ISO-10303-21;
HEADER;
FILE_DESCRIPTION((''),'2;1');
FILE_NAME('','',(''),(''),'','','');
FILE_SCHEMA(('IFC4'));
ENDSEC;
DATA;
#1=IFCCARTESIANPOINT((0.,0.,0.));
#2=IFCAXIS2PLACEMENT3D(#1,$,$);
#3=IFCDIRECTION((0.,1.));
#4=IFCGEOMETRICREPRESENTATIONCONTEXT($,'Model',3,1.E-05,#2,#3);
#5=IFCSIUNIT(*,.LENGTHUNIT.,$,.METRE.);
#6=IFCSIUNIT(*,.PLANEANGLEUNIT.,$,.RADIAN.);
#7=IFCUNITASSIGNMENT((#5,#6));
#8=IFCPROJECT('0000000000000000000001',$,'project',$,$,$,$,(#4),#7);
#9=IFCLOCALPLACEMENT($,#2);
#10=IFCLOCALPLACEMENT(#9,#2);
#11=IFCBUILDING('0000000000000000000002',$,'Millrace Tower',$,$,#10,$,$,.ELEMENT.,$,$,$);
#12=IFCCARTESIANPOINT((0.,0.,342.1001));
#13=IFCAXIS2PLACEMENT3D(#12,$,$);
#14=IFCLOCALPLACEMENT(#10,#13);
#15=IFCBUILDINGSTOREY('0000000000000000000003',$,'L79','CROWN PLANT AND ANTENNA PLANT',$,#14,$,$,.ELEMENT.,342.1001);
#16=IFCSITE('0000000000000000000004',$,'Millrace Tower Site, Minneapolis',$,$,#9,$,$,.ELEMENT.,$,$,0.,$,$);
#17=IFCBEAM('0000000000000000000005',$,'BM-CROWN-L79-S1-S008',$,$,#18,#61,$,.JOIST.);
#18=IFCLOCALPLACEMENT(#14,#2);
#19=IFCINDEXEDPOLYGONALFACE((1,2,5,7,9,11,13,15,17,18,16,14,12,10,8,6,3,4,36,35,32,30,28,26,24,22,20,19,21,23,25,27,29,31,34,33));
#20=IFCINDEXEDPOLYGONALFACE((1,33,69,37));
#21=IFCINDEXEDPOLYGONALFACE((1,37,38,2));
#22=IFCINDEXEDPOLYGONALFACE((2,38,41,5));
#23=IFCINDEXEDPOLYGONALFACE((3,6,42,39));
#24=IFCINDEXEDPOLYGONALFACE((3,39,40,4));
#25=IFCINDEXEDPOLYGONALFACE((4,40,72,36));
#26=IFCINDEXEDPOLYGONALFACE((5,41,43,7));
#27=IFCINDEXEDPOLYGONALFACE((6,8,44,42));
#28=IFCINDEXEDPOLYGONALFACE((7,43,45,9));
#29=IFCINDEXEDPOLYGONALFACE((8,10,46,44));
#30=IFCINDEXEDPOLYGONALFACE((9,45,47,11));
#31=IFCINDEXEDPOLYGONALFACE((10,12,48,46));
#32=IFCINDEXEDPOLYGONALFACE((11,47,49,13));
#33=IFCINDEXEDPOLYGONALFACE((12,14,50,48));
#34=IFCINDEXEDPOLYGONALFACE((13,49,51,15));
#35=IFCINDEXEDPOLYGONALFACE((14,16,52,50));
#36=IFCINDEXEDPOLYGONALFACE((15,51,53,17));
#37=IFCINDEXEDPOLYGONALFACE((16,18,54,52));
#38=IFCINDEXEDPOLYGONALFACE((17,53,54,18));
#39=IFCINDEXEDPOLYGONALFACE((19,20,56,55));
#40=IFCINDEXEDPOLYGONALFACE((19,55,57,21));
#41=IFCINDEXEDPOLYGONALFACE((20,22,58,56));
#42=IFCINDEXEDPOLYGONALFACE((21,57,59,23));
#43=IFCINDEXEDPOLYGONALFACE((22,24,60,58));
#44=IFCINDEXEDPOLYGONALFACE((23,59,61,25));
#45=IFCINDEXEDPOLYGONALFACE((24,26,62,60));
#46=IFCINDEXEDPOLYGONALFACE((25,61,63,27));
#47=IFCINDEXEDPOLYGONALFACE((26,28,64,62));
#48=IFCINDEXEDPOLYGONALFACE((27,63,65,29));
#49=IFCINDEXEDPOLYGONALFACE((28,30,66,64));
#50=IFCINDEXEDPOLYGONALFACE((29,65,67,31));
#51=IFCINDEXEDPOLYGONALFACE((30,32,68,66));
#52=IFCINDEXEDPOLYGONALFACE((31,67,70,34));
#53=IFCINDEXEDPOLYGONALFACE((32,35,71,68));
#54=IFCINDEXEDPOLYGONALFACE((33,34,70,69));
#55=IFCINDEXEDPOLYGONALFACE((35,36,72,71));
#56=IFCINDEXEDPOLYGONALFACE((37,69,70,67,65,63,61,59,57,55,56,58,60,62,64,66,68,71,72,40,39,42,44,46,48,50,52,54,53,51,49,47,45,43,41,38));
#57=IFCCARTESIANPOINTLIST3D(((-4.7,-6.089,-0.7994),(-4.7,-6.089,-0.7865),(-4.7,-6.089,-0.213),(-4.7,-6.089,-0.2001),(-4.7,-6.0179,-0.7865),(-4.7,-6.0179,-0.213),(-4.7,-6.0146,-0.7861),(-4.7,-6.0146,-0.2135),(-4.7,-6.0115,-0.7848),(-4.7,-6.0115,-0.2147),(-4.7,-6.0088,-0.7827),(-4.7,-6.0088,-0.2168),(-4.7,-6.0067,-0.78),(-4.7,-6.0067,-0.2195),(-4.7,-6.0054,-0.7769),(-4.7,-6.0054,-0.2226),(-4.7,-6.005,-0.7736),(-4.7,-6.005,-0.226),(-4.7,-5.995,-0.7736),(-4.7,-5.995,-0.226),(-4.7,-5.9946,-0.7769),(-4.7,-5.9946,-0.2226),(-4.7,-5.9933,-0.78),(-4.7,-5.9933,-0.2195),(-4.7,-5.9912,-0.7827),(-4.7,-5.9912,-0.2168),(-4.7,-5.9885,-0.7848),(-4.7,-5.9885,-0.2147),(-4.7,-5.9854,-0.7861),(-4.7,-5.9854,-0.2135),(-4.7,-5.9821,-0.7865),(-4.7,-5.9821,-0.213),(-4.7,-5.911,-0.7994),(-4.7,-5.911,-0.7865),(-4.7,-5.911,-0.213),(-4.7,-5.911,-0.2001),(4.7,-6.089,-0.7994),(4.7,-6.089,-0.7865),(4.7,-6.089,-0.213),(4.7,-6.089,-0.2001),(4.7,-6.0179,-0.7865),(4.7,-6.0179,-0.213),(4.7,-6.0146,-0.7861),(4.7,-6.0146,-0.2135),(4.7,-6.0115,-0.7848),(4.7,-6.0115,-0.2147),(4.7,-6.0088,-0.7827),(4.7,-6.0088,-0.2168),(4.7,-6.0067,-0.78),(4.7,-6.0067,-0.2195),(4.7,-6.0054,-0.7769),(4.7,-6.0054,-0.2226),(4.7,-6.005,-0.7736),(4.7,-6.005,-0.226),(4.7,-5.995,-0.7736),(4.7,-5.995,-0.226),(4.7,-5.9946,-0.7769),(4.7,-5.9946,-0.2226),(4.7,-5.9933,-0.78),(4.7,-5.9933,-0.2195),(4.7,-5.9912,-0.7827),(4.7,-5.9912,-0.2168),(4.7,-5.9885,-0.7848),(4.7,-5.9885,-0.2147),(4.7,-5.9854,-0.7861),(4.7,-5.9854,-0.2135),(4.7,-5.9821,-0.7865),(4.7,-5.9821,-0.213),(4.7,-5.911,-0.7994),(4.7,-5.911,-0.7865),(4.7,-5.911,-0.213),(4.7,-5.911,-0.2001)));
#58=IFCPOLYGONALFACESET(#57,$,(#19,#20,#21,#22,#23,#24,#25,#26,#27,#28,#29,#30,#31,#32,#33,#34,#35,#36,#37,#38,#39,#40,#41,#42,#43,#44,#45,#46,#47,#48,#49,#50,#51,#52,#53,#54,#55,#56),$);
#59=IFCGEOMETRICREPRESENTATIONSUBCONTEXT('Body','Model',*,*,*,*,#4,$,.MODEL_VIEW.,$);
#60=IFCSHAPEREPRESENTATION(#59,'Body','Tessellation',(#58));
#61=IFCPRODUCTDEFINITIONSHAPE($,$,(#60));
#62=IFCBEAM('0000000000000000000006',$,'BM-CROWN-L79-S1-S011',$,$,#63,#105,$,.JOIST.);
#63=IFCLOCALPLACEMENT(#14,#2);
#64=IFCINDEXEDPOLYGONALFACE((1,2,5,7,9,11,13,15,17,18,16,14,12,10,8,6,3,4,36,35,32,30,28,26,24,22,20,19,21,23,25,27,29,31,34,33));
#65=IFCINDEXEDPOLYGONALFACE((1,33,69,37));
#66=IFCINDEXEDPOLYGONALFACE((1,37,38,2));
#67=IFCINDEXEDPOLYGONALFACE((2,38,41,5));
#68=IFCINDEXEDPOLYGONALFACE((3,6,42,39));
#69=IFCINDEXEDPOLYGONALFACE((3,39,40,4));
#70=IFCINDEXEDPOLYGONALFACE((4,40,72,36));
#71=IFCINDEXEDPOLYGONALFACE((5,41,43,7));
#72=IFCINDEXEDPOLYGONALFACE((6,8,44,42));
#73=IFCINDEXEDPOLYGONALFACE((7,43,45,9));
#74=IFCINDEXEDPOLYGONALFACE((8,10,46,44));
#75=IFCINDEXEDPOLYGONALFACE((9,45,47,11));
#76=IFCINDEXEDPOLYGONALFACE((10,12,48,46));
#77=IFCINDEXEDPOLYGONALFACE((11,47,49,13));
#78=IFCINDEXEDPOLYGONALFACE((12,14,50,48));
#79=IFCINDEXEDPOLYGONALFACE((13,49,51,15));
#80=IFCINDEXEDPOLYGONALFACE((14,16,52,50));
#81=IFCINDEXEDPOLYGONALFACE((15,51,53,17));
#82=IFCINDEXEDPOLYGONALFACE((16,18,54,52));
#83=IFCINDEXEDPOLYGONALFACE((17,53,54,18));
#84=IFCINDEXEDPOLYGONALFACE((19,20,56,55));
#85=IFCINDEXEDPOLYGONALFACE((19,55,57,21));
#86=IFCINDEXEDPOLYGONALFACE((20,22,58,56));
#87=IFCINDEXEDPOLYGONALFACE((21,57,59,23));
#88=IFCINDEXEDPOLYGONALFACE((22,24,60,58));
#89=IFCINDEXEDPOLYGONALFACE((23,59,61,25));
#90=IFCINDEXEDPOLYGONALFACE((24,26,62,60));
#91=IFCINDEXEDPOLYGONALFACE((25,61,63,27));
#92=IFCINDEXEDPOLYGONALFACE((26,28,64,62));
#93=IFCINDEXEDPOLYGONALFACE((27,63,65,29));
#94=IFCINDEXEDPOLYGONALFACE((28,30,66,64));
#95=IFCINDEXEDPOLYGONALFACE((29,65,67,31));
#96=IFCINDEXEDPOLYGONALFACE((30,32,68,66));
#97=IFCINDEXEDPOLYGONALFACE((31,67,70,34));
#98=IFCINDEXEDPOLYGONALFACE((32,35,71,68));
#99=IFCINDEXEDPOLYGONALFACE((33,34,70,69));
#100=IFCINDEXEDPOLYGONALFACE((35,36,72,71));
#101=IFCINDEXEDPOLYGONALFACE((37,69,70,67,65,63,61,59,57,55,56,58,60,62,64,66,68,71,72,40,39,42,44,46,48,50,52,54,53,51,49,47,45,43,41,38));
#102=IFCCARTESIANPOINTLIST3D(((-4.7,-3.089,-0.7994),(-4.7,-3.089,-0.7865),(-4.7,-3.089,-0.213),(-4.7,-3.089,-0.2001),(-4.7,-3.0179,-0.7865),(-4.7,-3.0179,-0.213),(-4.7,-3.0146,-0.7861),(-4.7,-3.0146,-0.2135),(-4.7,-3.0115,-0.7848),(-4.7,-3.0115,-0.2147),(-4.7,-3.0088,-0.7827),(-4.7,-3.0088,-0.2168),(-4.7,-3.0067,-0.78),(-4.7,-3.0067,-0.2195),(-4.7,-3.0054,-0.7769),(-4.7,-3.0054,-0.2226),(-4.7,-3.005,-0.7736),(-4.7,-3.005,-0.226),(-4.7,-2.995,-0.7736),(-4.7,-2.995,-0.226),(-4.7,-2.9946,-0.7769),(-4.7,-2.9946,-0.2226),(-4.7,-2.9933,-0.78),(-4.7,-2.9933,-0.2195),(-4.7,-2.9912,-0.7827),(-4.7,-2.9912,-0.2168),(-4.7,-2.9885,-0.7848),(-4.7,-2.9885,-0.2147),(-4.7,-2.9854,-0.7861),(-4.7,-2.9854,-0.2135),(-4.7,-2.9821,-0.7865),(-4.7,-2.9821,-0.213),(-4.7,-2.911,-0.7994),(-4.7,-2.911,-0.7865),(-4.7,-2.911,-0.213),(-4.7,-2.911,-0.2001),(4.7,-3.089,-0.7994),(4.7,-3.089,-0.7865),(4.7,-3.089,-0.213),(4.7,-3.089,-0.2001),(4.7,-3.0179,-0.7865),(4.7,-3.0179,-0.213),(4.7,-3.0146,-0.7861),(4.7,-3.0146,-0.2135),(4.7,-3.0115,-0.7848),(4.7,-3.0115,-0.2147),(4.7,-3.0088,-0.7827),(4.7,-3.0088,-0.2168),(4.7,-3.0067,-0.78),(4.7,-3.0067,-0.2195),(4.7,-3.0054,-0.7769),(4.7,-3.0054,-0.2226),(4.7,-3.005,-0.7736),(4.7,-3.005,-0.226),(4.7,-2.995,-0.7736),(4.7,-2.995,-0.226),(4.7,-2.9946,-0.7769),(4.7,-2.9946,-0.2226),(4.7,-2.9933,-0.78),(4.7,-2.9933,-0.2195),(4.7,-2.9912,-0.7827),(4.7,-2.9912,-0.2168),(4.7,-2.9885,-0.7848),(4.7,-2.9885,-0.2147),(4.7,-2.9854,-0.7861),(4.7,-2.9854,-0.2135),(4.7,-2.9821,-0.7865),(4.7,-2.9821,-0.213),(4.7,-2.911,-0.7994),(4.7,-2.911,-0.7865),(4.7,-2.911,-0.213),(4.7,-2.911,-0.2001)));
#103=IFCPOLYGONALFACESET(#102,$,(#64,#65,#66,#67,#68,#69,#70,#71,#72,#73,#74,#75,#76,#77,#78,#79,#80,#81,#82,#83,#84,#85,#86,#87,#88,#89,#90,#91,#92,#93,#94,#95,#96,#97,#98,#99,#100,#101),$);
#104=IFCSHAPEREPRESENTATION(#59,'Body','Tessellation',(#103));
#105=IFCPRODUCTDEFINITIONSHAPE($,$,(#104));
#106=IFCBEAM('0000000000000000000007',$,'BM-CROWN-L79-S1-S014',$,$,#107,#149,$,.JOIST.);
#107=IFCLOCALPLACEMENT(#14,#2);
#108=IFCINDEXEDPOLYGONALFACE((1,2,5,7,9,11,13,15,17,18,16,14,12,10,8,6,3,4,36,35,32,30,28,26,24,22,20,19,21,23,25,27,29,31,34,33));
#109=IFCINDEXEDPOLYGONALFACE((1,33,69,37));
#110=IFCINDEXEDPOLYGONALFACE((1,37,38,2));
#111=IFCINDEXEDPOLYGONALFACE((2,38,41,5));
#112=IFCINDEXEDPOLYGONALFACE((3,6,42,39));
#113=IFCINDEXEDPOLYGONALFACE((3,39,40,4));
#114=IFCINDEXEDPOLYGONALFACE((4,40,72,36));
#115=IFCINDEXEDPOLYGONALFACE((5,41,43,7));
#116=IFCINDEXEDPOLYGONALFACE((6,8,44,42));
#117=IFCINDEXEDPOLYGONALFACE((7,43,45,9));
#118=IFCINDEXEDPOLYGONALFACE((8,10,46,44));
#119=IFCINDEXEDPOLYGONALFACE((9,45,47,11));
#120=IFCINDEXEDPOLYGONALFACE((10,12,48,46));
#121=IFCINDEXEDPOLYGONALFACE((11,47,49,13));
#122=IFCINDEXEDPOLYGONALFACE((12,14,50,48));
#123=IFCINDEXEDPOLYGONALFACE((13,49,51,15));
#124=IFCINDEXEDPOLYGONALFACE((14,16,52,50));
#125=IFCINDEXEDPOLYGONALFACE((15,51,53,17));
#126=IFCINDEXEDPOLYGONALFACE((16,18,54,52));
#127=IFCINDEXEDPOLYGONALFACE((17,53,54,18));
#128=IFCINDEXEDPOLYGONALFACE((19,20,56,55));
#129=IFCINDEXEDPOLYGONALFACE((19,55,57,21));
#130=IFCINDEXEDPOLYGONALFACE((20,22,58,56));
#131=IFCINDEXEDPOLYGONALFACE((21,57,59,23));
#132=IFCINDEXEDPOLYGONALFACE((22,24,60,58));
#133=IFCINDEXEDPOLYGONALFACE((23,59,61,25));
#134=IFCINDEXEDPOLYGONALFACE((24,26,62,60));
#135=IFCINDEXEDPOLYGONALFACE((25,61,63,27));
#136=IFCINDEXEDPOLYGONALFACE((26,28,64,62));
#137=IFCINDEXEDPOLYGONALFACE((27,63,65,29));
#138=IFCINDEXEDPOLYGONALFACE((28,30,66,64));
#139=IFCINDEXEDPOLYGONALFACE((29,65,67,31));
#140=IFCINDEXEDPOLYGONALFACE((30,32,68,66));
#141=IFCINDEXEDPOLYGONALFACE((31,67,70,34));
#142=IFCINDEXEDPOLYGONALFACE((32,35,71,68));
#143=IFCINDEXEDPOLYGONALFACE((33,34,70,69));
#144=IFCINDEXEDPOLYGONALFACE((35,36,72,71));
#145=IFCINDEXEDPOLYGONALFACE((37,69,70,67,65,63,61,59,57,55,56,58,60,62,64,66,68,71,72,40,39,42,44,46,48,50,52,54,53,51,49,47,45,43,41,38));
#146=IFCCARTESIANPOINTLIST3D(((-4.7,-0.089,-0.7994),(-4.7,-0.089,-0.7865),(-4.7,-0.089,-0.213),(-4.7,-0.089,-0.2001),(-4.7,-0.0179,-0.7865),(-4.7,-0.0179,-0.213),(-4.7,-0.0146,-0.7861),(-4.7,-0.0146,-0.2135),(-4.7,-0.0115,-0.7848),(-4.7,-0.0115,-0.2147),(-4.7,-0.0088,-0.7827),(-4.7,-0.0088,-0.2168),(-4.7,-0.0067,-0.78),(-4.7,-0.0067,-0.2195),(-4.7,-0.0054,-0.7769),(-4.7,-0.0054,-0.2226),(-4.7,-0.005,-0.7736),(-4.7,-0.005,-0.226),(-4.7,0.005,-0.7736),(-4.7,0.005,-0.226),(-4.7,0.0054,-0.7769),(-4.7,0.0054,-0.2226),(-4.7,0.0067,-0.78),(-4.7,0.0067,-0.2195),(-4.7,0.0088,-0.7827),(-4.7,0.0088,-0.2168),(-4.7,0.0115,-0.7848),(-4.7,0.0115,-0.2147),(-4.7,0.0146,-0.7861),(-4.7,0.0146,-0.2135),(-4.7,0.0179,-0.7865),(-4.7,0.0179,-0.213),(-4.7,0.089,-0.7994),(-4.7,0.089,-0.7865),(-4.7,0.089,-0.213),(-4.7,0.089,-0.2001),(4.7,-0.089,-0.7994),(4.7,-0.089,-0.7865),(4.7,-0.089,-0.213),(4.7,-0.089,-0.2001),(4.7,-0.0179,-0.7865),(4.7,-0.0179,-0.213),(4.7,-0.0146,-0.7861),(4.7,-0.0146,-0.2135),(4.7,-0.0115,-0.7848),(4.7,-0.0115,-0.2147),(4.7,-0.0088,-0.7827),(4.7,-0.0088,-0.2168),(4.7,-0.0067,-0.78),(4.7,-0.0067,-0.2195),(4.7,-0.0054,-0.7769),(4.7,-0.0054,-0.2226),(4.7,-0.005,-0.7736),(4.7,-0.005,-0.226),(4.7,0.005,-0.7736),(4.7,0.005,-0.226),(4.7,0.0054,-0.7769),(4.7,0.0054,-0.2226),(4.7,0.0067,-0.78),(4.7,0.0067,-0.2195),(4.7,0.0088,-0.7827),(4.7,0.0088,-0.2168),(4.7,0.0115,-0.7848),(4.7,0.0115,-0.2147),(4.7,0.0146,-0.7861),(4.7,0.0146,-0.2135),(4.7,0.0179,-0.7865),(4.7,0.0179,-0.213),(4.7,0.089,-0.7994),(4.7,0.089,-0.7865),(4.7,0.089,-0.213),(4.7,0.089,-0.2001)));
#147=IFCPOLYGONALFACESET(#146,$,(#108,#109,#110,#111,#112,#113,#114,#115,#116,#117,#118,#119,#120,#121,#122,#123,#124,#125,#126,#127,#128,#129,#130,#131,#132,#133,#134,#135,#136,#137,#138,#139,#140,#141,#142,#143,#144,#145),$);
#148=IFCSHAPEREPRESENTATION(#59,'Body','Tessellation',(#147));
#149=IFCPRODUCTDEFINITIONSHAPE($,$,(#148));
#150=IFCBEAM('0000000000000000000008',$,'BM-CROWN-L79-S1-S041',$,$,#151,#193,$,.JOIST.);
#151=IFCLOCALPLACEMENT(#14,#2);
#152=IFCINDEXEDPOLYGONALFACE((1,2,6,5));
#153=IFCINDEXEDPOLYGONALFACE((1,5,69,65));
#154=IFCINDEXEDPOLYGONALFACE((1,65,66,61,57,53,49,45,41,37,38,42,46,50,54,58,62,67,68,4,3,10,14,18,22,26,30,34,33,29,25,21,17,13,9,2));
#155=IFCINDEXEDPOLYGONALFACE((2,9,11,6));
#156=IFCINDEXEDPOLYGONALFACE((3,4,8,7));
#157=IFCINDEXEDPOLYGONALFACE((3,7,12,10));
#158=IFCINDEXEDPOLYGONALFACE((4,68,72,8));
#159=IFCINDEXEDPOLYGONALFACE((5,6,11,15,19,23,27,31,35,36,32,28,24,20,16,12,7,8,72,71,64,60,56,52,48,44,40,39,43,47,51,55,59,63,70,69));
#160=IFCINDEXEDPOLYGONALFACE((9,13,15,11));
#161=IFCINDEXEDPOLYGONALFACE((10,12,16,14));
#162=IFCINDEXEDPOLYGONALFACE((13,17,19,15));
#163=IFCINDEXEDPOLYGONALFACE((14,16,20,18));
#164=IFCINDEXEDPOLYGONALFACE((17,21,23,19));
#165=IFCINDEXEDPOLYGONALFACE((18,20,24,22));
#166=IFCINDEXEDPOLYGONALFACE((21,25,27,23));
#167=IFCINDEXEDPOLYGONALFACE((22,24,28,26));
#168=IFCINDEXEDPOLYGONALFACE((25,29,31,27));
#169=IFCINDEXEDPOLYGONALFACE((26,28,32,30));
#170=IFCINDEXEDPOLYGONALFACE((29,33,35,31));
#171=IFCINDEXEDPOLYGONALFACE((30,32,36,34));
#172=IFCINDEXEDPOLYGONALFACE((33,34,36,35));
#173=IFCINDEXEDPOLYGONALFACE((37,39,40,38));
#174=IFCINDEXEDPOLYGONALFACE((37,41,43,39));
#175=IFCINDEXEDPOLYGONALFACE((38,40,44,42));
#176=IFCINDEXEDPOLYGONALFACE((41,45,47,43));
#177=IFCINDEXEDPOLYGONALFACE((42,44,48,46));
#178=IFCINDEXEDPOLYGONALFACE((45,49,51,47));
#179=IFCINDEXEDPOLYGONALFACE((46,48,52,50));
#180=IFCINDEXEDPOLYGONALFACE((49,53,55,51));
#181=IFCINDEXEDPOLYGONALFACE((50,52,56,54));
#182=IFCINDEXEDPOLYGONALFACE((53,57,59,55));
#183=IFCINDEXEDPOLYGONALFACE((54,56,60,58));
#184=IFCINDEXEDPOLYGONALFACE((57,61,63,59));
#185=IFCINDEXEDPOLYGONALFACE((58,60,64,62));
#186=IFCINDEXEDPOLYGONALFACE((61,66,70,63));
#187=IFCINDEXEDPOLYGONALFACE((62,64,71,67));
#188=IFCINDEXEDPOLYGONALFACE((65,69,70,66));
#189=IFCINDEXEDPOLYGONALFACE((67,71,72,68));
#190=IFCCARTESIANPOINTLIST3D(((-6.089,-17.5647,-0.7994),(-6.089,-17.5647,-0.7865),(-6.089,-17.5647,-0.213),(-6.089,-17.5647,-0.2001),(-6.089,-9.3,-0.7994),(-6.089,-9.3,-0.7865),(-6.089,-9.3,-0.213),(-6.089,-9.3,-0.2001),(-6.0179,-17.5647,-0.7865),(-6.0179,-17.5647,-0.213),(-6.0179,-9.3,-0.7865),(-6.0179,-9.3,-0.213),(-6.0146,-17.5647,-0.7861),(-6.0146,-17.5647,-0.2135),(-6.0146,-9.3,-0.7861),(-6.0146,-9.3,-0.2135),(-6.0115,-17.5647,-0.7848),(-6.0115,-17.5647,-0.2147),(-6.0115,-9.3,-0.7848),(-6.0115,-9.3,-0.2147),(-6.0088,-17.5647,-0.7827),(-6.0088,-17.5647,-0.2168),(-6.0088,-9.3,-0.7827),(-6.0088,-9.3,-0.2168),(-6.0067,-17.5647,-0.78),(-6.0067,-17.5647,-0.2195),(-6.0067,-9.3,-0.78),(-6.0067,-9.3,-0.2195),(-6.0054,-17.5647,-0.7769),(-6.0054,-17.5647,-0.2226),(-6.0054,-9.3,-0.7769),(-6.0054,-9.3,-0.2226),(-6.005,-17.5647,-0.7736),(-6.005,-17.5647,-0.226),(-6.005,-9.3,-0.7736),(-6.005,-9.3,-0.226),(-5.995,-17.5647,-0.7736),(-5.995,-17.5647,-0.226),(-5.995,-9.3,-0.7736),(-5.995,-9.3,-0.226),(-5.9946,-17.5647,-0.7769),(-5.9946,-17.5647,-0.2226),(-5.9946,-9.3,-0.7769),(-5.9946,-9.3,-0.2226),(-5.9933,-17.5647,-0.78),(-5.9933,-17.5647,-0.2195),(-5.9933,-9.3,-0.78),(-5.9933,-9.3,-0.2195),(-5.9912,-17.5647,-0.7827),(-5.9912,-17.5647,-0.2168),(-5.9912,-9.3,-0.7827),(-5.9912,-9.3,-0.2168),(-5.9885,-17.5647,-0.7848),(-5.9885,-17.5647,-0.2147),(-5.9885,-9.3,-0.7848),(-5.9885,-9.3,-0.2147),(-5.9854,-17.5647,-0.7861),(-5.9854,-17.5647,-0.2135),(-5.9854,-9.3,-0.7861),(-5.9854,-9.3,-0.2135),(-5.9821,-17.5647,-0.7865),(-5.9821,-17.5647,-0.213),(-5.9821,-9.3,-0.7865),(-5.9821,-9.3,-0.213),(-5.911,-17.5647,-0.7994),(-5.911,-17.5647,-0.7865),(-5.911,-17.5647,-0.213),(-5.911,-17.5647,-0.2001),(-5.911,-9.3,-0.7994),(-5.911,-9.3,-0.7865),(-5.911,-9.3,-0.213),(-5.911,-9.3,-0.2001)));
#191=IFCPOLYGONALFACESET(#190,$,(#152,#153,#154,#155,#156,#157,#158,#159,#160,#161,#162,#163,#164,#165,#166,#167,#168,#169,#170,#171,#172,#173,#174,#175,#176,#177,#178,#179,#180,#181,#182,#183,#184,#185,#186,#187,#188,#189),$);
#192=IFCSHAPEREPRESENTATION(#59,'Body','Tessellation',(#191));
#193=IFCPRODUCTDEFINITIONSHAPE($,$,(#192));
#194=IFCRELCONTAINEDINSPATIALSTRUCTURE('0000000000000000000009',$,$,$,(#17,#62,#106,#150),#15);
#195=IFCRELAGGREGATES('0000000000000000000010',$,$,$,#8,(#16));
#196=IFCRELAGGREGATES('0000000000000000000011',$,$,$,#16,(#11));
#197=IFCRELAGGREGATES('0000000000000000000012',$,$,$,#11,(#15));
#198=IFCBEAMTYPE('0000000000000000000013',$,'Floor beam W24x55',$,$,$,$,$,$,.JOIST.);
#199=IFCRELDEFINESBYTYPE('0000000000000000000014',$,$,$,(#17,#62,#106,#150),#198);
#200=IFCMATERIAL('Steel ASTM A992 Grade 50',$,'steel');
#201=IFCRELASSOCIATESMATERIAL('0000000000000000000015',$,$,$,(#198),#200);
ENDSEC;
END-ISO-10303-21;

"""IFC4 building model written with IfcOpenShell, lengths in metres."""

from ifc_helpers import new_model, si_unit, direction, frame, origin, origin_2d, place, context, subcontext, project, spatial, i_section, extrude, material, material_profile, profile_set, type_object, element, save


model = new_model("IFC4")

# Units and contexts
model_context = context("Model", 3, precision=1e-05, world=origin(), true_north=direction((0.0, 1.0)))
body_context = subcontext(model_context, "Body", "Model", "MODEL_VIEW")
ifc_project = project(units=[si_unit("LENGTHUNIT", "METRE"), si_unit("PLANEANGLEUNIT", "RADIAN")], contexts=[model_context])

# Site, building, storey
site_placement = place(None, origin())
site = spatial("IfcSite", under=ifc_project, at=site_placement, Name="Millrace Tower Site, Minneapolis", CompositionType="ELEMENT", RefElevation=0.0)
building_placement = place(site_placement, origin())
building = spatial("IfcBuilding", under=site, at=building_placement, Name="Millrace Tower", CompositionType="ELEMENT")
storey_placement = place(building_placement, frame((0.0, 0.0, 342.1001)))
storey = spatial("IfcBuildingStorey", under=building, at=storey_placement, Name="L79", Description="CROWN PLANT AND ANTENNA PLANT", CompositionType="ELEMENT", Elevation=342.1001)

# Beams
ifc_material_1 = material(Name="Steel ASTM A992 Grade 50", Category="steel")
ifc_material_profile_1 = material_profile(ifc_material_1, i_section(OverallWidth=0.178, OverallDepth=0.5994, WebThickness=0.01, FlangeThickness=0.0129, FilletRadius=0.0129, at=origin_2d()))
ifc_profile_set_1 = profile_set([ifc_material_profile_1], Name="Steel ASTM A992 Grade 50")
beam_type_1 = type_object("IfcBeamType", Name="Floor beam W24x55", PredefinedType="JOIST", material=ifc_profile_set_1)
for number, where, z_axis, x_axis, name in (
    (1, (-4.7, -6.0, -0.4998), (1.0, 0.0, 0.0), (0.0, 1.0, 0.0), "BM-CROWN-L79-S1-S008"),
    (2, (-4.7, -3.0, -0.4998), (1.0, 0.0, 0.0), (0.0, 1.0, 0.0), "BM-CROWN-L79-S1-S011"),
    (3, (-4.7, 0.0, -0.4998), (1.0, 0.0, 0.0), (0.0, 1.0, 0.0), "BM-CROWN-L79-S1-S014"),
):
    element("IfcBeam", number, at=place(storey_placement, frame(where, z_axis=z_axis, x_axis=x_axis)), inside=storey, type_object=beam_type_1, Name=name, PredefinedType="JOIST", context=body_context, shape_type="SweptSolid", body=[
        extrude(i_section(OverallWidth=0.178, OverallDepth=0.5994, WebThickness=0.01, FlangeThickness=0.0129, FilletRadius=0.0129, at=origin_2d()), origin(), (0.0, 0.0, 1.0), 9.3999),
    ])
beam_1_placement = place(storey_placement, frame((-6.0, -17.5647, -0.4998), z_axis=(0.0, 1.0, 0.0), x_axis=(-1.0, 0.0, 0.0)))
element("IfcBeam", 4, at=beam_1_placement, inside=storey, type_object=beam_type_1, Name="BM-CROWN-L79-S1-S041", PredefinedType="JOIST", context=body_context, shape_type="SweptSolid", body=[
    extrude(i_section(OverallWidth=0.178, OverallDepth=0.5994, WebThickness=0.01, FlangeThickness=0.0129, FilletRadius=0.0129, at=origin_2d()), origin(), (0.0, 0.0, 1.0), 8.2646),
])

save(model, "model.ifc")
